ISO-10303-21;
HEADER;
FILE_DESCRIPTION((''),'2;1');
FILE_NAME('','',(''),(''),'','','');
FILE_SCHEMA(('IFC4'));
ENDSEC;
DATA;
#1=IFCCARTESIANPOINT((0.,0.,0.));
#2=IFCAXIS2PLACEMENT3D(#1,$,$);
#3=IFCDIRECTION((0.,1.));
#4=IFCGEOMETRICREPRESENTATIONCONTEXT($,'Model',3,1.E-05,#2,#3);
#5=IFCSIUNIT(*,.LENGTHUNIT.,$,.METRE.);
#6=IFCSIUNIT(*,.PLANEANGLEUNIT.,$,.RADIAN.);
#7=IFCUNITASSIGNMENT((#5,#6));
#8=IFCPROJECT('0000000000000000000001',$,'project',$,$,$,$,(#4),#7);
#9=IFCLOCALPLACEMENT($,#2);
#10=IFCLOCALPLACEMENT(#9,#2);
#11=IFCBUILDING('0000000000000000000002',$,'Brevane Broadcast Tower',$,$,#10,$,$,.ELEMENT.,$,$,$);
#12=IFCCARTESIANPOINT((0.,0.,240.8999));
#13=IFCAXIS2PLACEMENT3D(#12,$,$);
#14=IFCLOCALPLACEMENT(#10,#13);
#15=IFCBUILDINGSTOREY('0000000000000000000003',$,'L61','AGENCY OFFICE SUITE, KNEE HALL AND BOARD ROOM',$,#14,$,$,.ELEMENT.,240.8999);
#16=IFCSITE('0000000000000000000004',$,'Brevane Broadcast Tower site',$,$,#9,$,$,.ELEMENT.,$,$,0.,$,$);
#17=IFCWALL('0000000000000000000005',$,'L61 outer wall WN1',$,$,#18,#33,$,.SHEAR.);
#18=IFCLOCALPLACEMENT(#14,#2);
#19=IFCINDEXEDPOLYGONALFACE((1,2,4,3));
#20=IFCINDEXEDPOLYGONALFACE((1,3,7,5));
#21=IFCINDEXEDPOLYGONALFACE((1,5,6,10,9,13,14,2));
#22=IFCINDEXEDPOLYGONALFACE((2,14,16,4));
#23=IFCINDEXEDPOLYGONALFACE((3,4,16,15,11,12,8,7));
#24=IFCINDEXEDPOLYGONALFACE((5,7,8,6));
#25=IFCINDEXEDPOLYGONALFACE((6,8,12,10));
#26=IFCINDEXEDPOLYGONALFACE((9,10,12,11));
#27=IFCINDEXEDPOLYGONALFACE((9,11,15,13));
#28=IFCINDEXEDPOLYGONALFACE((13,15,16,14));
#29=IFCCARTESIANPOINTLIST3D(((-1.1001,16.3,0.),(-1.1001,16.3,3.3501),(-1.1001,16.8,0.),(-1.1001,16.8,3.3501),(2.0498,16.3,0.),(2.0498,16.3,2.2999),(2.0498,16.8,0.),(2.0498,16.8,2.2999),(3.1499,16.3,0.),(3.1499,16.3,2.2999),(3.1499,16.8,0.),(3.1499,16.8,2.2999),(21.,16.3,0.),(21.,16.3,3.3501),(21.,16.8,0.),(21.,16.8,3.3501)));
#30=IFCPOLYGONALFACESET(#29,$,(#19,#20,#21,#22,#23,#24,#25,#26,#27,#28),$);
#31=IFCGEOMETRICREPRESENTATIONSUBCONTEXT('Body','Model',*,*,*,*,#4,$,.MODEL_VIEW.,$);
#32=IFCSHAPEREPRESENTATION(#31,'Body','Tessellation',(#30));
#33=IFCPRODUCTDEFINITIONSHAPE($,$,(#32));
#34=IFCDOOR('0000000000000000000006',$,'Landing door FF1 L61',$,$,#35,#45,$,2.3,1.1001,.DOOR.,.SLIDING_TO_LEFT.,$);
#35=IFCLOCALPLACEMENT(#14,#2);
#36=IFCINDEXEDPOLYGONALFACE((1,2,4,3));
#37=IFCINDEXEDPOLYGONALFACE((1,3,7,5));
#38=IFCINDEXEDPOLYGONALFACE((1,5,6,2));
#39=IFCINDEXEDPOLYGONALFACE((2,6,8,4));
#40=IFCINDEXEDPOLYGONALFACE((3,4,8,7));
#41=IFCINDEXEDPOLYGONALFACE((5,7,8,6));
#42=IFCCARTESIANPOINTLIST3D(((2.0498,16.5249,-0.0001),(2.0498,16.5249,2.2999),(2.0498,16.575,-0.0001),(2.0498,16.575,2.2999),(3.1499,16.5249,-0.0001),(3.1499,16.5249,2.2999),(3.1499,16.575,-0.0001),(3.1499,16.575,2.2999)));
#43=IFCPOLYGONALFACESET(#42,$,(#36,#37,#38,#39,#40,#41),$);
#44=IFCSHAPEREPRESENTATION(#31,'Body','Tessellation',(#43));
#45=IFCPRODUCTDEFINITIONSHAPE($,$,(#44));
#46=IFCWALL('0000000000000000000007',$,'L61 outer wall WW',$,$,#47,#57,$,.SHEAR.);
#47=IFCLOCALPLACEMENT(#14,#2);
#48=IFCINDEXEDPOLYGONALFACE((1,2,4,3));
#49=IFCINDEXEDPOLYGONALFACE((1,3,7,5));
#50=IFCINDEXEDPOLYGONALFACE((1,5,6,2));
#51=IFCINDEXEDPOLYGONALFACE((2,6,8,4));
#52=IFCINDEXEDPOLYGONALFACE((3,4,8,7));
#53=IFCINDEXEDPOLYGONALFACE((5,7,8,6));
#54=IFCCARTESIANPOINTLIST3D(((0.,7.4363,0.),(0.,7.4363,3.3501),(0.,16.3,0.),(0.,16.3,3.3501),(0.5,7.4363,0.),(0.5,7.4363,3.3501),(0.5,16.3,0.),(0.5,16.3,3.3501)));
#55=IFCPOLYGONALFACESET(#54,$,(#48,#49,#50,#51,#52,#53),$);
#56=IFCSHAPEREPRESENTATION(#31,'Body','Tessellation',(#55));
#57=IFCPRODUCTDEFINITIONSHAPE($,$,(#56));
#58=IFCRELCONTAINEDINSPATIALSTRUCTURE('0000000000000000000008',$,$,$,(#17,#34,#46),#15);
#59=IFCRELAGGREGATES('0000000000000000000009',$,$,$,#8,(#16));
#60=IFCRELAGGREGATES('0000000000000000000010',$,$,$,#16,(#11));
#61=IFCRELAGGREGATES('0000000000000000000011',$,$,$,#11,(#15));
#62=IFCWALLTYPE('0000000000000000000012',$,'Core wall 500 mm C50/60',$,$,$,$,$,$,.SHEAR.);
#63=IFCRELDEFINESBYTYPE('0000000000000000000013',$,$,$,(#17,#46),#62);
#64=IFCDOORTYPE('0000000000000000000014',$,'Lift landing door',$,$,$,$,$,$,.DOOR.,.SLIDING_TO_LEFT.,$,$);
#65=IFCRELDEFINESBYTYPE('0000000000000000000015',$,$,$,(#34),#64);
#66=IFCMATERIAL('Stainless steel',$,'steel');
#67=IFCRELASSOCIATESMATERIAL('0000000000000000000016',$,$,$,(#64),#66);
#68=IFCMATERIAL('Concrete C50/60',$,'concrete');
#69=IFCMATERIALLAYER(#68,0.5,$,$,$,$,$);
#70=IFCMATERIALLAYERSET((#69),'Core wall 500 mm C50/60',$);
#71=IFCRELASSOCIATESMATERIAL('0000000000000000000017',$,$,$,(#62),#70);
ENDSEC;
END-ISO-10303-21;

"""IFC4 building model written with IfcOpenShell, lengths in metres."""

from ifc_helpers import new_model, si_unit, direction, frame, frame_2d, origin, place, context, subcontext, project, spatial, rectangle, extrude, material, layer, layer_set, type_object, element, fill, save


model = new_model("IFC4")

# Units and contexts
model_context = context("Model", 3, precision=1e-05, world=origin(), true_north=direction((0.0, 1.0)))
body_context = subcontext(model_context, "Body", "Model", "MODEL_VIEW")
ifc_project = project(units=[si_unit("LENGTHUNIT", "METRE"), si_unit("PLANEANGLEUNIT", "RADIAN")], contexts=[model_context])

# Site, building, storey
site_placement = place(None, origin())
site = spatial("IfcSite", under=ifc_project, at=site_placement, Name="Brevane Broadcast Tower site", CompositionType="ELEMENT", RefElevation=0.0)
building_placement = place(site_placement, origin())
building = spatial("IfcBuilding", under=site, at=building_placement, Name="Brevane Broadcast Tower", CompositionType="ELEMENT")
storey_placement = place(building_placement, frame((0.0, 0.0, 240.8999)))
storey = spatial("IfcBuildingStorey", under=building, at=storey_placement, Name="L61", Description="AGENCY OFFICE SUITE, KNEE HALL AND BOARD ROOM", CompositionType="ELEMENT", Elevation=240.8999)

# Shared definitions
ifc_material_1 = material(Name="Concrete C50/60", Category="concrete")
ifc_material_2 = material(Name="Stainless steel", Category="steel")
door_type_1 = type_object("IfcDoorType", Name="Lift landing door", OperationType="SLIDING_TO_LEFT", PredefinedType="DOOR", material=ifc_material_2)

# Wall, opening, door
ifc_layer_1 = layer(ifc_material_1, 0.5)
ifc_layer_set_1 = layer_set([ifc_layer_1], Name="Core wall 500 mm C50/60")
wall_type_1 = type_object("IfcWallType", Name="Core wall 500 mm C50/60", PredefinedType="SHEAR", material=ifc_layer_set_1)
wall_1_placement = place(storey_placement, frame((-1.1001, 16.55, 0.0), z_axis=(0.0, 0.0, 1.0), x_axis=(1.0, 0.0, 0.0)))
wall_1 = element("IfcWall", 1, at=wall_1_placement, inside=storey, type_object=wall_type_1, Name="L61 outer wall WN1", PredefinedType="SHEAR", context=body_context, shape_type="SweptSolid", body=[
    extrude(rectangle(XDim=22.1001, YDim=0.5, at=frame_2d((11.05, 0.0))), origin(), (0.0, 0.0, 1.0), 3.3501),
])
opening_1_placement = place(wall_1_placement, frame((3.1499, 0.0, 0.0)))
opening_1 = element("IfcOpeningElement", 2, at=opening_1_placement, cuts=wall_1, PredefinedType="OPENING", context=body_context, shape_type="SweptSolid", body=[
    extrude(rectangle(XDim=1.1001, YDim=2.3, at=frame_2d((0.55, 1.1499))), frame((0.0, 0.26, 0.0), z_axis=(0.0, -1.0, 0.0), x_axis=(1.0, 0.0, 0.0)), (0.0, 0.0, 1.0), 0.52),
])
door_1_placement = place(opening_1_placement, origin())
door_1 = element("IfcDoor", 3, at=door_1_placement, inside=storey, type_object=door_type_1, Name="Landing door FF1 L61", OperationType="SLIDING_TO_LEFT", OverallHeight=2.3, OverallWidth=1.1001, PredefinedType="DOOR", context=body_context, shape_type="SweptSolid", body=[
    extrude(rectangle(XDim=1.1001, YDim=2.3, at=frame_2d((0.55, 1.1499))), frame((0.0, 0.0249, 0.0), z_axis=(0.0, -1.0, 0.0), x_axis=(1.0, 0.0, 0.0)), (0.0, 0.0, 1.0), 0.05),
])
fill(opening_1, door_1)

# Wall
wall_2_placement = place(storey_placement, frame((0.25, 7.4363, 0.0), z_axis=(0.0, 0.0, 1.0), x_axis=(0.0, 1.0, 0.0)))
element("IfcWall", 4, at=wall_2_placement, inside=storey, type_object=wall_type_1, Name="L61 outer wall WW", PredefinedType="SHEAR", context=body_context, shape_type="SweptSolid", body=[
    extrude(rectangle(XDim=8.8638, YDim=0.5, at=frame_2d((4.4319, 0.0))), origin(), (0.0, 0.0, 1.0), 3.3501),
])

save(model, "model.ifc")
